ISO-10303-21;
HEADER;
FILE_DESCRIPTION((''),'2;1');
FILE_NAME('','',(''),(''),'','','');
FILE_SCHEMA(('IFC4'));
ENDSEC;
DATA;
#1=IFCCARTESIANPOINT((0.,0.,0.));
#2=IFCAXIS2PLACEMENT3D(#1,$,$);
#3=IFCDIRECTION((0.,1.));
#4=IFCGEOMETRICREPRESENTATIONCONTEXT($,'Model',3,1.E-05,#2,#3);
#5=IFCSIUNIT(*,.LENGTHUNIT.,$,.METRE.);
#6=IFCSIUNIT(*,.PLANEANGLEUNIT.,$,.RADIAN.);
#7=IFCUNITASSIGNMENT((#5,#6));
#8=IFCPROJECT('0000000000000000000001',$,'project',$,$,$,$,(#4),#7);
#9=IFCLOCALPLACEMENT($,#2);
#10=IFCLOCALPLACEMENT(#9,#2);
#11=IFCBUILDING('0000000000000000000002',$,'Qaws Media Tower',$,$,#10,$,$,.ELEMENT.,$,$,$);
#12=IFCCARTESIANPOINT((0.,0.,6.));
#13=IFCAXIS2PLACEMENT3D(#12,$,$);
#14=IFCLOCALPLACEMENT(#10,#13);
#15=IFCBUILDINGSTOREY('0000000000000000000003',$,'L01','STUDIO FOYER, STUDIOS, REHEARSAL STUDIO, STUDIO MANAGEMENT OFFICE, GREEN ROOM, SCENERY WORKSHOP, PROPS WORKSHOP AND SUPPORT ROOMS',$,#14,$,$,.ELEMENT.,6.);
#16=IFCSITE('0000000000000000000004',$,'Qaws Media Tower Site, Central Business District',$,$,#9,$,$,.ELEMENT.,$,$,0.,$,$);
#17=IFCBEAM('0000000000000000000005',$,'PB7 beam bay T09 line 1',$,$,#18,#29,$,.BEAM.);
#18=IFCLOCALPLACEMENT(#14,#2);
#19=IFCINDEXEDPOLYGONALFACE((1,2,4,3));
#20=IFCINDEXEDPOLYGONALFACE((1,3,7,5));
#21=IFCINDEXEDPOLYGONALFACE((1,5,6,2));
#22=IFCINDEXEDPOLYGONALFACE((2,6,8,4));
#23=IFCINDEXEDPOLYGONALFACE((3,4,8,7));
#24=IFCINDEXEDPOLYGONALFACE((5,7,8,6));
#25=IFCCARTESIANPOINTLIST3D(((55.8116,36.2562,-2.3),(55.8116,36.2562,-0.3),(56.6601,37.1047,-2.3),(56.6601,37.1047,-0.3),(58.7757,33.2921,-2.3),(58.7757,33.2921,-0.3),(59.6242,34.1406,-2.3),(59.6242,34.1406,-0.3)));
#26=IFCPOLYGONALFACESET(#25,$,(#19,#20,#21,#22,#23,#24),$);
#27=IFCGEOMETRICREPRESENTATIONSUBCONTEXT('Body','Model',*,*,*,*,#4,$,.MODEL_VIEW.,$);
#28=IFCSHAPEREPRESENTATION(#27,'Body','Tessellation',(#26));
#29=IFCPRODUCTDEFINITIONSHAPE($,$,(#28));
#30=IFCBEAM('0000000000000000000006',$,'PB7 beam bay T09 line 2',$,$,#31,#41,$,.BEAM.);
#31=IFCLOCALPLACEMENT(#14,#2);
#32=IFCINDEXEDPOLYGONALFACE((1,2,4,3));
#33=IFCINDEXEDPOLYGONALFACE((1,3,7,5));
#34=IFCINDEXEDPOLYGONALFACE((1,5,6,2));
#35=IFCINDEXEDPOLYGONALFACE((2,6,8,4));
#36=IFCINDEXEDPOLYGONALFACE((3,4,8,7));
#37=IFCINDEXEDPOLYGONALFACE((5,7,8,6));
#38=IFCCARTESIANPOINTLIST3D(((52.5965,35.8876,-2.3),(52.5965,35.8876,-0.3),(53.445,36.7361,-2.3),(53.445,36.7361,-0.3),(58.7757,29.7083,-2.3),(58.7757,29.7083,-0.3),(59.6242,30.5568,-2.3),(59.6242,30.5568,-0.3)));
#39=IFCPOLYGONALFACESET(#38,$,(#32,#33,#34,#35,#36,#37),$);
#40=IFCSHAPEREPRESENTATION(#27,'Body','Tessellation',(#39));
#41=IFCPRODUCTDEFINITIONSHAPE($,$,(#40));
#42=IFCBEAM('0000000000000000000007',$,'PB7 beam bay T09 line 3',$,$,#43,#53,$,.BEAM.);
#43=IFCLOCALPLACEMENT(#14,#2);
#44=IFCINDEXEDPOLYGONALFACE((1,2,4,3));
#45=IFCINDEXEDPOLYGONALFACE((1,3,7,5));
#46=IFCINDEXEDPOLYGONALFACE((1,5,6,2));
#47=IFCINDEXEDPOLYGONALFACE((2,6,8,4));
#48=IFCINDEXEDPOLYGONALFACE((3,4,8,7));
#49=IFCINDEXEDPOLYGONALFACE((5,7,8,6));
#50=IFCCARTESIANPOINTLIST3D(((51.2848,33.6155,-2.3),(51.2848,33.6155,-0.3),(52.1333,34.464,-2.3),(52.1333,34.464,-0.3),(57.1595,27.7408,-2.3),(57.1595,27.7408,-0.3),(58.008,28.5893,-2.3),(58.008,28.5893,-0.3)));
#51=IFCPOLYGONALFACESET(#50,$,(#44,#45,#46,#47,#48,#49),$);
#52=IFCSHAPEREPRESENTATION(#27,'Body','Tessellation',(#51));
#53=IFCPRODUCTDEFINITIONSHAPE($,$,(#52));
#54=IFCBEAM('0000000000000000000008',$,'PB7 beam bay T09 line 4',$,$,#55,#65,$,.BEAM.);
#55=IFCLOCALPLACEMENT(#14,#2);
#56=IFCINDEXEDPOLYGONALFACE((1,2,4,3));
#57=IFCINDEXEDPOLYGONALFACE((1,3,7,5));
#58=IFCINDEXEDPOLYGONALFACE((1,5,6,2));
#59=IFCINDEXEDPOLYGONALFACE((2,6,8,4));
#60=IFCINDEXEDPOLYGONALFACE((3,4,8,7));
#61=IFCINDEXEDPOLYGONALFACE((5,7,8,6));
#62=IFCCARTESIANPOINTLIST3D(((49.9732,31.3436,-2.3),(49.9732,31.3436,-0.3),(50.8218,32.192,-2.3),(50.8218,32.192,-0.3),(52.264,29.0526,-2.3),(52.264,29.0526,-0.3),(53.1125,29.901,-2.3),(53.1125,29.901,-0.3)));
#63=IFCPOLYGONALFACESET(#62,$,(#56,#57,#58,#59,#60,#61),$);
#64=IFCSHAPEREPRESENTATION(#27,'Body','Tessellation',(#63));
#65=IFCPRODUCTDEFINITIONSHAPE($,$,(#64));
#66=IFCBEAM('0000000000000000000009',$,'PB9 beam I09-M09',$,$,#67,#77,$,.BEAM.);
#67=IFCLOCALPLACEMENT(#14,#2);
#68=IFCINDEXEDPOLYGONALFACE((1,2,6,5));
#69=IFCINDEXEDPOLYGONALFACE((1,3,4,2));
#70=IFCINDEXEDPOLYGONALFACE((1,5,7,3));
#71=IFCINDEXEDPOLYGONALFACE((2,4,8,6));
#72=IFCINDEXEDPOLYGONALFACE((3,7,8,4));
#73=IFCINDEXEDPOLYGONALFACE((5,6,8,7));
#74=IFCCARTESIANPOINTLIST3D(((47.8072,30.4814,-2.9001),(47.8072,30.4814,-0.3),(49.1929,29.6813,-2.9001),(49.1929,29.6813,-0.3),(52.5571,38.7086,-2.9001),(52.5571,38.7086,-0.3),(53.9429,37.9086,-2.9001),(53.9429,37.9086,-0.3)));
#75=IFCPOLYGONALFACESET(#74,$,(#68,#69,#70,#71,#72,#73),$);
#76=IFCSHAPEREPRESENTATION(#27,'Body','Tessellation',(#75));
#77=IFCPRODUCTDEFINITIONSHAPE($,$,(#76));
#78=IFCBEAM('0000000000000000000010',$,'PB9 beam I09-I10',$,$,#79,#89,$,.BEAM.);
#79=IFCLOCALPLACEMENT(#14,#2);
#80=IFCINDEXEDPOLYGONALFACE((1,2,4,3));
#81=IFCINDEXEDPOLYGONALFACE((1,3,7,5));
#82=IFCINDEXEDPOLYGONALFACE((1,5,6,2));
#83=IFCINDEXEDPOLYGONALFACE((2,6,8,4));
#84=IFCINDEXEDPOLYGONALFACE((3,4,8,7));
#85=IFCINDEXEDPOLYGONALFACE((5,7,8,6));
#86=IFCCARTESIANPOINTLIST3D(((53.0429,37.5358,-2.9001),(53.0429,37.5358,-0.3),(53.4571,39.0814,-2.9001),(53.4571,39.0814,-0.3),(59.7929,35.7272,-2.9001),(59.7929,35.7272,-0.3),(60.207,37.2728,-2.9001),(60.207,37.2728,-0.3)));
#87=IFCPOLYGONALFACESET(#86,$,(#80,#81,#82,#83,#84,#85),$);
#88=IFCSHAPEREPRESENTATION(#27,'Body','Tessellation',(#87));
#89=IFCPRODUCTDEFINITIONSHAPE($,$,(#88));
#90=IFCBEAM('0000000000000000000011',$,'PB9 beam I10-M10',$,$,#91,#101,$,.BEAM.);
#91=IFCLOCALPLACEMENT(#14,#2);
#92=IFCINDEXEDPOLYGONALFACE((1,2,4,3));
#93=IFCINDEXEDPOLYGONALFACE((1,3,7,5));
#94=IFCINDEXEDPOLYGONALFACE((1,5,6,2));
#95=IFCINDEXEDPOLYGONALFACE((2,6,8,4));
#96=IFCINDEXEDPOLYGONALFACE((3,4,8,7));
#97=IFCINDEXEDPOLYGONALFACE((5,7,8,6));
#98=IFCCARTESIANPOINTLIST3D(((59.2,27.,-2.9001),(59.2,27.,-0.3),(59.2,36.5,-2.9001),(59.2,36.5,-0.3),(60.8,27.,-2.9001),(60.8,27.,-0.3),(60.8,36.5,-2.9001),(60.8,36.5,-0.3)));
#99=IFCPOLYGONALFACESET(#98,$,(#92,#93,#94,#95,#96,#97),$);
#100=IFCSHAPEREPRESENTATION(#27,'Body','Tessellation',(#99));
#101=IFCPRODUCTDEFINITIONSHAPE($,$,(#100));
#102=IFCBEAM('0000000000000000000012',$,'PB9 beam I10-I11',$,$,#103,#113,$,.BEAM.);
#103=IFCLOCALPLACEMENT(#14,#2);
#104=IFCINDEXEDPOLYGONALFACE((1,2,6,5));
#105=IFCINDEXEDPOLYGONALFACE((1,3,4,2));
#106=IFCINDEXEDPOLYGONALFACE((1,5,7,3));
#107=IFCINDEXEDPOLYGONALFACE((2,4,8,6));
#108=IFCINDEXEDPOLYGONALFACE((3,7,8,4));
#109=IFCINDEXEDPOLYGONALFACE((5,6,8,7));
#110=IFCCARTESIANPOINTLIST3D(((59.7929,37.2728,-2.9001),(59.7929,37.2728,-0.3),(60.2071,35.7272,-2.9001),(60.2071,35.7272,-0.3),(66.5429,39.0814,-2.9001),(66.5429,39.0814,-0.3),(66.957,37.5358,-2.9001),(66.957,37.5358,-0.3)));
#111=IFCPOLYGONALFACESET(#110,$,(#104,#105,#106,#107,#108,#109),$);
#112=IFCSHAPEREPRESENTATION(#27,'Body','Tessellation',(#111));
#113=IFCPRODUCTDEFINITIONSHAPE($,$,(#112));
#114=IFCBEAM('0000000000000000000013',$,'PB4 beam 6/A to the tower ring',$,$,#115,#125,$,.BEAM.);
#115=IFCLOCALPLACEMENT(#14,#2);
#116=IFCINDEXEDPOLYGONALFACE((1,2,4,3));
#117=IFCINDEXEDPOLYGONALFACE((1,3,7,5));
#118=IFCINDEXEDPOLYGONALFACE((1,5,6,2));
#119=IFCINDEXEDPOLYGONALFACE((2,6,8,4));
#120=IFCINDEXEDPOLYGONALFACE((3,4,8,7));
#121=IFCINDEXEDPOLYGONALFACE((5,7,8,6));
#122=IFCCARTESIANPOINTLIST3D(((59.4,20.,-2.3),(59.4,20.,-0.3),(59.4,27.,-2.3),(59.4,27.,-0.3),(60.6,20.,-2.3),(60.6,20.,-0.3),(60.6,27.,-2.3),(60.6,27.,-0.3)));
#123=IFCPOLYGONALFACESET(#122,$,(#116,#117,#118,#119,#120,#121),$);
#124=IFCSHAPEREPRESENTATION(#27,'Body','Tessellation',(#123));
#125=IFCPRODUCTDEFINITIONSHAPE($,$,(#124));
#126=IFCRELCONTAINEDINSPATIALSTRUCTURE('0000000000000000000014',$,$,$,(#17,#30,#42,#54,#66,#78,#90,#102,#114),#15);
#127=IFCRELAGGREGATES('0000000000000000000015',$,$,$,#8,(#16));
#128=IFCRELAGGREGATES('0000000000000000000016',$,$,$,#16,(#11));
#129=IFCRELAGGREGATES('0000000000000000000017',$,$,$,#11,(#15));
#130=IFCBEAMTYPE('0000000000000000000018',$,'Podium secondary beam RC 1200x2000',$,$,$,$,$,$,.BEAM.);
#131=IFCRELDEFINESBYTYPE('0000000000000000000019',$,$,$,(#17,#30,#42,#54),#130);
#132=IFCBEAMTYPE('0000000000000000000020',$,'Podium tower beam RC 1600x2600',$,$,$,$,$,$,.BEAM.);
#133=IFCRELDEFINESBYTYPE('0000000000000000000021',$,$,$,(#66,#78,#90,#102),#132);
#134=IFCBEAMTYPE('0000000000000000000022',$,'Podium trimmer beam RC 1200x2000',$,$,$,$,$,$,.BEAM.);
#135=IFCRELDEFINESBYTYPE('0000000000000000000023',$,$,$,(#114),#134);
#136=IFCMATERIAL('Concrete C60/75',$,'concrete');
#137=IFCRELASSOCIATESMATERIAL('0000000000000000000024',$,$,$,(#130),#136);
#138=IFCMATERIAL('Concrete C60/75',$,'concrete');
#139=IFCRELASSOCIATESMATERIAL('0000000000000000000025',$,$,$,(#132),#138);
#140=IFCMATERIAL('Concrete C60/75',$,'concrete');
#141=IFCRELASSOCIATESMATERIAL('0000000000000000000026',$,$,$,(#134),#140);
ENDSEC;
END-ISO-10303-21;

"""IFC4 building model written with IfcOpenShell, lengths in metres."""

from ifc_helpers import new_model, si_unit, direction, frame, origin, origin_2d, place, context, subcontext, project, spatial, rectangle, extrude, material, material_profile, profile_set, type_object, element, save


model = new_model("IFC4")

# Units and contexts
model_context = context("Model", 3, precision=1e-05, world=origin(), true_north=direction((0.0, 1.0)))
body_context = subcontext(model_context, "Body", "Model", "MODEL_VIEW")
ifc_project = project(units=[si_unit("LENGTHUNIT", "METRE"), si_unit("PLANEANGLEUNIT", "RADIAN")], contexts=[model_context])

# Site, building, storey
site_placement = place(None, origin())
site = spatial("IfcSite", under=ifc_project, at=site_placement, Name="Qaws Media Tower Site, Central Business District", CompositionType="ELEMENT", RefElevation=0.0)
building_placement = place(site_placement, origin())
building = spatial("IfcBuilding", under=site, at=building_placement, Name="Qaws Media Tower", CompositionType="ELEMENT")
storey_placement = place(building_placement, frame((0.0, 0.0, 6.0)))
storey = spatial("IfcBuildingStorey", under=building, at=storey_placement, Name="L01", Description="STUDIO FOYER, STUDIOS, REHEARSAL STUDIO, STUDIO MANAGEMENT OFFICE, GREEN ROOM, SCENERY WORKSHOP, PROPS WORKSHOP AND SUPPORT ROOMS", CompositionType="ELEMENT", Elevation=6.0)

# Beams
ifc_material_1 = material(Name="Concrete C60/75", Category="concrete")
ifc_material_profile_1 = material_profile(ifc_material_1, rectangle(XDim=1.2, YDim=2.0, at=origin_2d()), Name="RC 1200x2000")
ifc_profile_set_1 = profile_set([ifc_material_profile_1], Name="Concrete C60/75")
beam_type_1 = type_object("IfcBeamType", Name="Podium secondary beam RC 1200x2000", PredefinedType="BEAM", material=ifc_profile_set_1)
beam_1_placement = place(storey_placement, frame((59.2, 33.7163, -1.3), z_axis=(-0.707107, 0.707107, 0.0), x_axis=(-0.707107, -0.707107, 0.0)))
element("IfcBeam", 1, at=beam_1_placement, inside=storey, type_object=beam_type_1, Name="PB7 beam bay T09 line 1", PredefinedType="BEAM", context=body_context, shape_type="SweptSolid", body=[
    extrude(rectangle(XDim=1.2, YDim=2.0, at=origin_2d()), origin(), (0.0, 0.0, 1.0), 4.1919),
])
beam_2_placement = place(storey_placement, frame((59.2, 30.1326, -1.3), z_axis=(-0.707107, 0.707107, 0.0), x_axis=(-0.707107, -0.707107, 0.0)))
element("IfcBeam", 2, at=beam_2_placement, inside=storey, type_object=beam_type_1, Name="PB7 beam bay T09 line 2", PredefinedType="BEAM", context=body_context, shape_type="SweptSolid", body=[
    extrude(rectangle(XDim=1.2, YDim=2.0, at=origin_2d()), origin(), (0.0, 0.0, 1.0), 8.7388),
])
beam_3_placement = place(storey_placement, frame((57.5837, 28.165, -1.3), z_axis=(-0.707107, 0.707107, 0.0), x_axis=(-0.707107, -0.707107, 0.0)))
element("IfcBeam", 3, at=beam_3_placement, inside=storey, type_object=beam_type_1, Name="PB7 beam bay T09 line 3", PredefinedType="BEAM", context=body_context, shape_type="SweptSolid", body=[
    extrude(rectangle(XDim=1.2, YDim=2.0, at=origin_2d()), origin(), (0.0, 0.0, 1.0), 8.3081),
])
beam_4_placement = place(storey_placement, frame((52.6882, 29.4768, -1.3), z_axis=(-0.707069, 0.707144, 0.0), x_axis=(-0.707144, -0.707069, 0.0)))
element("IfcBeam", 4, at=beam_4_placement, inside=storey, type_object=beam_type_1, Name="PB7 beam bay T09 line 4", PredefinedType="BEAM", context=body_context, shape_type="SweptSolid", body=[
    extrude(rectangle(XDim=1.2, YDim=2.0, at=origin_2d()), origin(), (0.0, 0.0, 1.0), 3.2397),
])
ifc_material_2 = material(Name="Concrete C60/75", Category="concrete")
ifc_material_profile_2 = material_profile(ifc_material_2, rectangle(XDim=1.6001, YDim=2.6001, at=origin_2d()), Name="RC 1600x2600")
ifc_profile_set_2 = profile_set([ifc_material_profile_2], Name="Concrete C60/75")
beam_type_2 = type_object("IfcBeamType", Name="Podium tower beam RC 1600x2600", PredefinedType="BEAM", material=ifc_profile_set_2)
beam_5_placement = place(storey_placement, frame((53.25, 38.3086, -1.6001), z_axis=(-0.499998, -0.866027, 0.0), x_axis=(0.866027, -0.499998, 0.0)))
element("IfcBeam", 5, at=beam_5_placement, inside=storey, type_object=beam_type_2, Name="PB9 beam I09-M09", PredefinedType="BEAM", context=body_context, shape_type="SweptSolid", body=[
    extrude(rectangle(XDim=1.6001, YDim=2.6001, at=origin_2d()), origin(), (0.0, 0.0, 1.0), 9.5),
])
beam_6_placement = place(storey_placement, frame((53.25, 38.3086, -1.6001), z_axis=(0.965928, -0.258811, 0.0), x_axis=(0.258811, 0.965928, 0.0)))
element("IfcBeam", 6, at=beam_6_placement, inside=storey, type_object=beam_type_2, Name="PB9 beam I09-I10", PredefinedType="BEAM", context=body_context, shape_type="SweptSolid", body=[
    extrude(rectangle(XDim=1.6001, YDim=2.6001, at=origin_2d()), origin(), (0.0, 0.0, 1.0), 6.988),
])
beam_7_placement = place(storey_placement, frame((60.0, 36.5, -1.6001), z_axis=(0.0, -1.0, 0.0), x_axis=(1.0, 0.0, 0.0)))
element("IfcBeam", 7, at=beam_7_placement, inside=storey, type_object=beam_type_2, Name="PB9 beam I10-M10", PredefinedType="BEAM", context=body_context, shape_type="SweptSolid", body=[
    extrude(rectangle(XDim=1.6001, YDim=2.6001, at=origin_2d()), origin(), (0.0, 0.0, 1.0), 9.5),
])
beam_8_placement = place(storey_placement, frame((60.0, 36.5, -1.6001), z_axis=(0.965928, 0.258811, 0.0), x_axis=(-0.258811, 0.965928, 0.0)))
element("IfcBeam", 8, at=beam_8_placement, inside=storey, type_object=beam_type_2, Name="PB9 beam I10-I11", PredefinedType="BEAM", context=body_context, shape_type="SweptSolid", body=[
    extrude(rectangle(XDim=1.6001, YDim=2.6001, at=origin_2d()), origin(), (0.0, 0.0, 1.0), 6.988),
])
ifc_material_3 = material(Name="Concrete C60/75", Category="concrete")
ifc_material_profile_3 = material_profile(ifc_material_3, rectangle(XDim=1.2, YDim=2.0, at=origin_2d()), Name="RC 1200x2000")
ifc_profile_set_3 = profile_set([ifc_material_profile_3], Name="Concrete C60/75")
beam_type_3 = type_object("IfcBeamType", Name="Podium trimmer beam RC 1200x2000", PredefinedType="BEAM", material=ifc_profile_set_3)
beam_9_placement = place(storey_placement, frame((60.0, 20.0, -1.3), z_axis=(0.0, 1.0, 0.0), x_axis=(-1.0, 0.0, 0.0)))
element("IfcBeam", 9, at=beam_9_placement, inside=storey, type_object=beam_type_3, Name="PB4 beam 6/A to the tower ring", PredefinedType="BEAM", context=body_context, shape_type="SweptSolid", body=[
    extrude(rectangle(XDim=1.2, YDim=2.0, at=origin_2d()), origin(), (0.0, 0.0, 1.0), 7.0),
])

save(model, "model.ifc")
